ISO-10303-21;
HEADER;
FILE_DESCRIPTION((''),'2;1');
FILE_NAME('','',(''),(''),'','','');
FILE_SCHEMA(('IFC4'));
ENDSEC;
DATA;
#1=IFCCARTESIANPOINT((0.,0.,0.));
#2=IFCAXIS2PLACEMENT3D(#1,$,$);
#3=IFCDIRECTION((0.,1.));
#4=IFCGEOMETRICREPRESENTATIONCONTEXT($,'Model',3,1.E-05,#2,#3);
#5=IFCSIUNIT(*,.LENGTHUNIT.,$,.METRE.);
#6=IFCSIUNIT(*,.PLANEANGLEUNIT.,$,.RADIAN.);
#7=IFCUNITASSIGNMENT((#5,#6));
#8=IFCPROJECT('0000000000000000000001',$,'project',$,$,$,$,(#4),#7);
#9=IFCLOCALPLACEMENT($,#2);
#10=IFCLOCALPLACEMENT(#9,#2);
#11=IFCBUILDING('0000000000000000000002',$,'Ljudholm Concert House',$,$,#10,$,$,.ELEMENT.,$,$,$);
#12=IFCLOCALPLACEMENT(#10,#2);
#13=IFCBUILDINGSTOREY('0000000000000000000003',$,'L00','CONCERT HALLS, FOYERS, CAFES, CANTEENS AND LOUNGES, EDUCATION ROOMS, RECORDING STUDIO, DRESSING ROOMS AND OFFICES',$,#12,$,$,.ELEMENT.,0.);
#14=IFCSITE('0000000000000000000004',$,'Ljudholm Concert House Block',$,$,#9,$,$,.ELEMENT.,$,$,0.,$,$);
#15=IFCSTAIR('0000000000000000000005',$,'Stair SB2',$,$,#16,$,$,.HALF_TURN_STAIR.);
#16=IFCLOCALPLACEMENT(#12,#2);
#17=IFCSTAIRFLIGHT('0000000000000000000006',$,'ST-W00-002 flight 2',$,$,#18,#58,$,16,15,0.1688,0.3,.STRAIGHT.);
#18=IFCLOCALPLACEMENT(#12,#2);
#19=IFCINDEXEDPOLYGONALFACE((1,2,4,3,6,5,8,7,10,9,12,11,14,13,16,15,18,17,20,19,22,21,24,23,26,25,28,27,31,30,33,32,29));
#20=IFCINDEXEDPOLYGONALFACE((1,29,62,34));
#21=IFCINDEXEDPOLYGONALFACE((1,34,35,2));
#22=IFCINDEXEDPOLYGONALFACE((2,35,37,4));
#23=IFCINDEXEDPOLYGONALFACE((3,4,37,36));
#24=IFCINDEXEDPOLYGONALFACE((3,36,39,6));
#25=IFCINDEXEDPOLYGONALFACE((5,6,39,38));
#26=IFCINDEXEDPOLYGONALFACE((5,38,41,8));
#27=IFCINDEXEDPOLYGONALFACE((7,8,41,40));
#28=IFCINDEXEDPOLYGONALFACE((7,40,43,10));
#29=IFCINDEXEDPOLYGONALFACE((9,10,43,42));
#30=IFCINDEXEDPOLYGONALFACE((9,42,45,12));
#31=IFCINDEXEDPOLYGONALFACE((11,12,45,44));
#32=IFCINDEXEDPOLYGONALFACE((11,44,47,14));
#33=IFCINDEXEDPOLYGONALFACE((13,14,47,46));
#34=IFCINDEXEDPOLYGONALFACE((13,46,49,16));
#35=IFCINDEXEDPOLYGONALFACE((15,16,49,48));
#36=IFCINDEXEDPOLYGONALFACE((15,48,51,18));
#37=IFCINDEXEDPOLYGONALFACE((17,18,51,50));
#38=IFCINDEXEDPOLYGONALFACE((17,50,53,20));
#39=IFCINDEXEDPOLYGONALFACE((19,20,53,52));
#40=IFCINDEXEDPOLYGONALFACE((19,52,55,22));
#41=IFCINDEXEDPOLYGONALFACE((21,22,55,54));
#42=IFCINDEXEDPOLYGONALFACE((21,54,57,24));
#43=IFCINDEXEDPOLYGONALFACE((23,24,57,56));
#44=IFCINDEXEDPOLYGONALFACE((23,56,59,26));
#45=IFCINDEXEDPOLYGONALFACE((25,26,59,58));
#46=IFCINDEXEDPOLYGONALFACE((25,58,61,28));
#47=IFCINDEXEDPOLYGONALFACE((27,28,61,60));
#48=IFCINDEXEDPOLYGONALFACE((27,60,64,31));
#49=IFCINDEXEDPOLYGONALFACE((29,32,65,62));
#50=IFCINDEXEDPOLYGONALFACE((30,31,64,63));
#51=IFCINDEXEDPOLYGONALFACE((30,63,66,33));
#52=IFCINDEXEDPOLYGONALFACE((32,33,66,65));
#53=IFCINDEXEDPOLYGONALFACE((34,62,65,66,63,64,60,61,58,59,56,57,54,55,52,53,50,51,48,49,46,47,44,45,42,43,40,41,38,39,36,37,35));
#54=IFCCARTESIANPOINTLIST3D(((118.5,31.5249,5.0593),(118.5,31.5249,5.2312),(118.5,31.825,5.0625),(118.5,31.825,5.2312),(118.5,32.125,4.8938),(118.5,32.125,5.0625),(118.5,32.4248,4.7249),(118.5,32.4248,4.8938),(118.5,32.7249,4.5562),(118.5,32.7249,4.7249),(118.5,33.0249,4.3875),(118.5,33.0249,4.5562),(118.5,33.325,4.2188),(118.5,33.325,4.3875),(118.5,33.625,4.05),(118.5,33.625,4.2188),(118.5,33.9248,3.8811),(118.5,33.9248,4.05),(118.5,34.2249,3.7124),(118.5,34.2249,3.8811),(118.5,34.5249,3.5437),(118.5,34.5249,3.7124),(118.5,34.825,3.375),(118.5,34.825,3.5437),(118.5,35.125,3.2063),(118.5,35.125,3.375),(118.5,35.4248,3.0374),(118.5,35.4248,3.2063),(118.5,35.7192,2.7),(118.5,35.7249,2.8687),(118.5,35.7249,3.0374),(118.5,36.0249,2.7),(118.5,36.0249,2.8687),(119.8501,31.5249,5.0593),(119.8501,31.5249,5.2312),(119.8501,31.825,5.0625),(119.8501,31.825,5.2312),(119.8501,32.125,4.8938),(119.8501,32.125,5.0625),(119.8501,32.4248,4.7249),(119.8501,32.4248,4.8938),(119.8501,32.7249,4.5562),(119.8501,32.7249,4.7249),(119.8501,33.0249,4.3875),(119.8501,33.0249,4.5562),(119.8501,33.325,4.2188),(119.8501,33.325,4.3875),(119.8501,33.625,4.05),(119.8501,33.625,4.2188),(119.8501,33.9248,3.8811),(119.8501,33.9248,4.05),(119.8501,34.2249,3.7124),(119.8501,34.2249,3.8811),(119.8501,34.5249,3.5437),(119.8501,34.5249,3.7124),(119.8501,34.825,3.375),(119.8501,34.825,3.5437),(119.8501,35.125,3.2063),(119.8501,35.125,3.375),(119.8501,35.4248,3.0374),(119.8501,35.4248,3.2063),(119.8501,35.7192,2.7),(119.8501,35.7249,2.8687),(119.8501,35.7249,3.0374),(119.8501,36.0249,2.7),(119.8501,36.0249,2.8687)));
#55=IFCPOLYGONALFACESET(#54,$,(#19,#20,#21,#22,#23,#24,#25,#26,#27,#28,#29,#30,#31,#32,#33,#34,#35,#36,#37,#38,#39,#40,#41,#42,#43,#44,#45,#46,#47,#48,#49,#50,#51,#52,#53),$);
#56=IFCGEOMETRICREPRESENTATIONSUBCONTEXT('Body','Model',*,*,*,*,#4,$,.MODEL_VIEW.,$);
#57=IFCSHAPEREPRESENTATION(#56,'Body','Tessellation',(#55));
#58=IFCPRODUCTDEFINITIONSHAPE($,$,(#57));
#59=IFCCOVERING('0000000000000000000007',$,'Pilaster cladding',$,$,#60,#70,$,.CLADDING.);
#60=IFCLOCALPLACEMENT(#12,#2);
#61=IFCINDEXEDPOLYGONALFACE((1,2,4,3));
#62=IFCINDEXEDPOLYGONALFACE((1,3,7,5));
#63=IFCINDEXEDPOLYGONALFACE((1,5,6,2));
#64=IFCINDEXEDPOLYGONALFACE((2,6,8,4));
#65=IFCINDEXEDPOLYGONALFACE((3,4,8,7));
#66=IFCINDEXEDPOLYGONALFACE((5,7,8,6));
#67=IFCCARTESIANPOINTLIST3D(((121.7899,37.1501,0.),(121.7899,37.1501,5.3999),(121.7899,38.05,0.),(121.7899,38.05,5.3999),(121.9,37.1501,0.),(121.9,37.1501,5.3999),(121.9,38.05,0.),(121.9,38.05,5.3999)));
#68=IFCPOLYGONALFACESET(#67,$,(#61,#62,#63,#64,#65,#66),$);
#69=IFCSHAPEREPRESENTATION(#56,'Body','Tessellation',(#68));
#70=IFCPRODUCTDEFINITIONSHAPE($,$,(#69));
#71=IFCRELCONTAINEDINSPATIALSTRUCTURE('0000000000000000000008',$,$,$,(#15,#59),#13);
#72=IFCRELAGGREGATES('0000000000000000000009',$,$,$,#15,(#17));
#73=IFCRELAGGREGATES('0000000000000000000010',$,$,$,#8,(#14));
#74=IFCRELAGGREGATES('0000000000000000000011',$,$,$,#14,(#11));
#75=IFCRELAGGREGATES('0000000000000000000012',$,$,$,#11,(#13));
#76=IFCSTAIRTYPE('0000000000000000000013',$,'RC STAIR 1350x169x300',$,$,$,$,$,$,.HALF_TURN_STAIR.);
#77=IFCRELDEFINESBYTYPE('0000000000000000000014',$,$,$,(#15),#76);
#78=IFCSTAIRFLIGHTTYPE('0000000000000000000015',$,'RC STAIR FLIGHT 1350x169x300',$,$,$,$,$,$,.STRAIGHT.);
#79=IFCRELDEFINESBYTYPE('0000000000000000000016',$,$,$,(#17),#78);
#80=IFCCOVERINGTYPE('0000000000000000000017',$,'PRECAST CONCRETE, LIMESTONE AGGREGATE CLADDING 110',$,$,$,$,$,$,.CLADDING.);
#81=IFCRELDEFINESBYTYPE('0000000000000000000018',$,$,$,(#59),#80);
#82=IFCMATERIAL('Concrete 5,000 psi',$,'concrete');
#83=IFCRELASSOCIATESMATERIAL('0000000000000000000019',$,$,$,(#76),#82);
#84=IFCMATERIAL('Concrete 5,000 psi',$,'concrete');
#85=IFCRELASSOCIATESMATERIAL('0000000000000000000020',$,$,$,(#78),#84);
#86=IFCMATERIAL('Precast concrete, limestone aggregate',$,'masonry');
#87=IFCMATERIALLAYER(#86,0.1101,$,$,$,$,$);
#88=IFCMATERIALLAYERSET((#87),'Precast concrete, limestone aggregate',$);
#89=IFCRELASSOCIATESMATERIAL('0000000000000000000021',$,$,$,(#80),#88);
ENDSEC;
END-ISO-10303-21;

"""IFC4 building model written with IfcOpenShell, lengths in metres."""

from ifc_helpers import new_model, si_unit, direction, frame, origin, origin_2d, place, context, subcontext, project, spatial, polyline, rectangle, outline, extrude, material, layer, layer_set, type_object, element, aggregate, save


model = new_model("IFC4")

# Units and contexts
model_context = context("Model", 3, precision=1e-05, world=origin(), true_north=direction((0.0, 1.0)))
body_context = subcontext(model_context, "Body", "Model", "MODEL_VIEW")
ifc_project = project(units=[si_unit("LENGTHUNIT", "METRE"), si_unit("PLANEANGLEUNIT", "RADIAN")], contexts=[model_context])

# Site, building, storey
site_placement = place(None, origin())
site = spatial("IfcSite", under=ifc_project, at=site_placement, Name="Ljudholm Concert House Block", CompositionType="ELEMENT", RefElevation=0.0)
building_placement = place(site_placement, origin())
building = spatial("IfcBuilding", under=site, at=building_placement, Name="Ljudholm Concert House", CompositionType="ELEMENT")
storey_placement = place(building_placement, origin())
storey = spatial("IfcBuildingStorey", under=building, at=storey_placement, Name="L00", Description="CONCERT HALLS, FOYERS, CAFES, CANTEENS AND LOUNGES, EDUCATION ROOMS, RECORDING STUDIO, DRESSING ROOMS AND OFFICES", CompositionType="ELEMENT", Elevation=0.0)

# Stair, stair flight
ifc_material_1 = material(Name="Concrete 5,000 psi", Category="concrete")
stair_type = type_object("IfcStairType", Name="RC STAIR 1350x169x300", PredefinedType="HALF_TURN_STAIR", material=ifc_material_1)
stair_placement = place(storey_placement, origin())
stair = element("IfcStair", 1, at=stair_placement, inside=storey, type_object=stair_type, Name="Stair SB2", PredefinedType="HALF_TURN_STAIR")
ifc_material_2 = material(Name="Concrete 5,000 psi", Category="concrete")
stair_flight_type = type_object("IfcStairFlightType", Name="RC STAIR FLIGHT 1350x169x300", PredefinedType="STRAIGHT", material=ifc_material_2)
stair_flight_placement = place(storey_placement, frame((119.175, 36.0249, 2.7), z_axis=(0.0, 0.0, 1.0), x_axis=(0.0, -1.0, 0.0)))
stair_flight = element("IfcStairFlight", 2, at=stair_flight_placement, type_object=stair_flight_type, Name="ST-W00-002 flight 2", NumberOfRisers=16, NumberOfTreads=15, PredefinedType="STRAIGHT", RiserHeight=0.1688, TreadLength=0.3, context=body_context, shape_type="SweptSolid", body=[
    extrude(outline(polyline([(0.0, 0.0), (0.0, 0.1687), (0.3, 0.1687), (0.3, 0.3374), (0.6001, 0.3374), (0.6001, 0.5063), (0.8999, 0.5063), (0.8999, 0.675), (1.2, 0.675), (1.2, 0.8438), (1.5, 0.8438), (1.5, 1.0125), (1.8, 1.0125), (1.8, 1.1812), (2.1001, 1.1812), (2.1001, 1.3501), (2.3999, 1.3501), (2.3999, 1.5188), (2.7, 1.5188), (2.7, 1.6875), (3.0, 1.6875), (3.0, 1.8562), (3.3, 1.8562), (3.3, 2.0249), (3.6001, 2.0249), (3.6001, 2.1938), (3.8999, 2.1938), (3.8999, 2.3625), (4.2, 2.3625), (4.2, 2.5312), (4.5, 2.5312), (4.5, 2.7), (4.5, 2.3594), (0.3057, 0.0), (0.0, 0.0)])), frame((0.0, 0.675, 0.0), z_axis=(0.0, -1.0, 0.0), x_axis=(1.0, 0.0, 0.0)), (0.0, 0.0, 1.0), 1.3501),
])
aggregate(stair, [stair_flight])

# Covering
ifc_material_3 = material(Name="Precast concrete, limestone aggregate", Category="masonry")
ifc_layer_1 = layer(ifc_material_3, 0.1101)
ifc_layer_set_1 = layer_set([ifc_layer_1], Name="Precast concrete, limestone aggregate")
covering_type = type_object("IfcCoveringType", Name="PRECAST CONCRETE, LIMESTONE AGGREGATE CLADDING 110", PredefinedType="CLADDING", material=ifc_layer_set_1)
covering_placement = place(storey_placement, frame((121.845, 37.6001, 0.0), z_axis=(0.0, 0.0, 1.0), x_axis=(1.0, 0.0, 0.0)))
element("IfcCovering", 3, at=covering_placement, inside=storey, type_object=covering_type, Name="Pilaster cladding", PredefinedType="CLADDING", context=body_context, shape_type="SweptSolid", body=[
    extrude(rectangle(XDim=0.1101, YDim=0.8999, at=origin_2d()), origin(), (0.0, 0.0, 1.0), 5.3999),
])

save(model, "model.ifc")
